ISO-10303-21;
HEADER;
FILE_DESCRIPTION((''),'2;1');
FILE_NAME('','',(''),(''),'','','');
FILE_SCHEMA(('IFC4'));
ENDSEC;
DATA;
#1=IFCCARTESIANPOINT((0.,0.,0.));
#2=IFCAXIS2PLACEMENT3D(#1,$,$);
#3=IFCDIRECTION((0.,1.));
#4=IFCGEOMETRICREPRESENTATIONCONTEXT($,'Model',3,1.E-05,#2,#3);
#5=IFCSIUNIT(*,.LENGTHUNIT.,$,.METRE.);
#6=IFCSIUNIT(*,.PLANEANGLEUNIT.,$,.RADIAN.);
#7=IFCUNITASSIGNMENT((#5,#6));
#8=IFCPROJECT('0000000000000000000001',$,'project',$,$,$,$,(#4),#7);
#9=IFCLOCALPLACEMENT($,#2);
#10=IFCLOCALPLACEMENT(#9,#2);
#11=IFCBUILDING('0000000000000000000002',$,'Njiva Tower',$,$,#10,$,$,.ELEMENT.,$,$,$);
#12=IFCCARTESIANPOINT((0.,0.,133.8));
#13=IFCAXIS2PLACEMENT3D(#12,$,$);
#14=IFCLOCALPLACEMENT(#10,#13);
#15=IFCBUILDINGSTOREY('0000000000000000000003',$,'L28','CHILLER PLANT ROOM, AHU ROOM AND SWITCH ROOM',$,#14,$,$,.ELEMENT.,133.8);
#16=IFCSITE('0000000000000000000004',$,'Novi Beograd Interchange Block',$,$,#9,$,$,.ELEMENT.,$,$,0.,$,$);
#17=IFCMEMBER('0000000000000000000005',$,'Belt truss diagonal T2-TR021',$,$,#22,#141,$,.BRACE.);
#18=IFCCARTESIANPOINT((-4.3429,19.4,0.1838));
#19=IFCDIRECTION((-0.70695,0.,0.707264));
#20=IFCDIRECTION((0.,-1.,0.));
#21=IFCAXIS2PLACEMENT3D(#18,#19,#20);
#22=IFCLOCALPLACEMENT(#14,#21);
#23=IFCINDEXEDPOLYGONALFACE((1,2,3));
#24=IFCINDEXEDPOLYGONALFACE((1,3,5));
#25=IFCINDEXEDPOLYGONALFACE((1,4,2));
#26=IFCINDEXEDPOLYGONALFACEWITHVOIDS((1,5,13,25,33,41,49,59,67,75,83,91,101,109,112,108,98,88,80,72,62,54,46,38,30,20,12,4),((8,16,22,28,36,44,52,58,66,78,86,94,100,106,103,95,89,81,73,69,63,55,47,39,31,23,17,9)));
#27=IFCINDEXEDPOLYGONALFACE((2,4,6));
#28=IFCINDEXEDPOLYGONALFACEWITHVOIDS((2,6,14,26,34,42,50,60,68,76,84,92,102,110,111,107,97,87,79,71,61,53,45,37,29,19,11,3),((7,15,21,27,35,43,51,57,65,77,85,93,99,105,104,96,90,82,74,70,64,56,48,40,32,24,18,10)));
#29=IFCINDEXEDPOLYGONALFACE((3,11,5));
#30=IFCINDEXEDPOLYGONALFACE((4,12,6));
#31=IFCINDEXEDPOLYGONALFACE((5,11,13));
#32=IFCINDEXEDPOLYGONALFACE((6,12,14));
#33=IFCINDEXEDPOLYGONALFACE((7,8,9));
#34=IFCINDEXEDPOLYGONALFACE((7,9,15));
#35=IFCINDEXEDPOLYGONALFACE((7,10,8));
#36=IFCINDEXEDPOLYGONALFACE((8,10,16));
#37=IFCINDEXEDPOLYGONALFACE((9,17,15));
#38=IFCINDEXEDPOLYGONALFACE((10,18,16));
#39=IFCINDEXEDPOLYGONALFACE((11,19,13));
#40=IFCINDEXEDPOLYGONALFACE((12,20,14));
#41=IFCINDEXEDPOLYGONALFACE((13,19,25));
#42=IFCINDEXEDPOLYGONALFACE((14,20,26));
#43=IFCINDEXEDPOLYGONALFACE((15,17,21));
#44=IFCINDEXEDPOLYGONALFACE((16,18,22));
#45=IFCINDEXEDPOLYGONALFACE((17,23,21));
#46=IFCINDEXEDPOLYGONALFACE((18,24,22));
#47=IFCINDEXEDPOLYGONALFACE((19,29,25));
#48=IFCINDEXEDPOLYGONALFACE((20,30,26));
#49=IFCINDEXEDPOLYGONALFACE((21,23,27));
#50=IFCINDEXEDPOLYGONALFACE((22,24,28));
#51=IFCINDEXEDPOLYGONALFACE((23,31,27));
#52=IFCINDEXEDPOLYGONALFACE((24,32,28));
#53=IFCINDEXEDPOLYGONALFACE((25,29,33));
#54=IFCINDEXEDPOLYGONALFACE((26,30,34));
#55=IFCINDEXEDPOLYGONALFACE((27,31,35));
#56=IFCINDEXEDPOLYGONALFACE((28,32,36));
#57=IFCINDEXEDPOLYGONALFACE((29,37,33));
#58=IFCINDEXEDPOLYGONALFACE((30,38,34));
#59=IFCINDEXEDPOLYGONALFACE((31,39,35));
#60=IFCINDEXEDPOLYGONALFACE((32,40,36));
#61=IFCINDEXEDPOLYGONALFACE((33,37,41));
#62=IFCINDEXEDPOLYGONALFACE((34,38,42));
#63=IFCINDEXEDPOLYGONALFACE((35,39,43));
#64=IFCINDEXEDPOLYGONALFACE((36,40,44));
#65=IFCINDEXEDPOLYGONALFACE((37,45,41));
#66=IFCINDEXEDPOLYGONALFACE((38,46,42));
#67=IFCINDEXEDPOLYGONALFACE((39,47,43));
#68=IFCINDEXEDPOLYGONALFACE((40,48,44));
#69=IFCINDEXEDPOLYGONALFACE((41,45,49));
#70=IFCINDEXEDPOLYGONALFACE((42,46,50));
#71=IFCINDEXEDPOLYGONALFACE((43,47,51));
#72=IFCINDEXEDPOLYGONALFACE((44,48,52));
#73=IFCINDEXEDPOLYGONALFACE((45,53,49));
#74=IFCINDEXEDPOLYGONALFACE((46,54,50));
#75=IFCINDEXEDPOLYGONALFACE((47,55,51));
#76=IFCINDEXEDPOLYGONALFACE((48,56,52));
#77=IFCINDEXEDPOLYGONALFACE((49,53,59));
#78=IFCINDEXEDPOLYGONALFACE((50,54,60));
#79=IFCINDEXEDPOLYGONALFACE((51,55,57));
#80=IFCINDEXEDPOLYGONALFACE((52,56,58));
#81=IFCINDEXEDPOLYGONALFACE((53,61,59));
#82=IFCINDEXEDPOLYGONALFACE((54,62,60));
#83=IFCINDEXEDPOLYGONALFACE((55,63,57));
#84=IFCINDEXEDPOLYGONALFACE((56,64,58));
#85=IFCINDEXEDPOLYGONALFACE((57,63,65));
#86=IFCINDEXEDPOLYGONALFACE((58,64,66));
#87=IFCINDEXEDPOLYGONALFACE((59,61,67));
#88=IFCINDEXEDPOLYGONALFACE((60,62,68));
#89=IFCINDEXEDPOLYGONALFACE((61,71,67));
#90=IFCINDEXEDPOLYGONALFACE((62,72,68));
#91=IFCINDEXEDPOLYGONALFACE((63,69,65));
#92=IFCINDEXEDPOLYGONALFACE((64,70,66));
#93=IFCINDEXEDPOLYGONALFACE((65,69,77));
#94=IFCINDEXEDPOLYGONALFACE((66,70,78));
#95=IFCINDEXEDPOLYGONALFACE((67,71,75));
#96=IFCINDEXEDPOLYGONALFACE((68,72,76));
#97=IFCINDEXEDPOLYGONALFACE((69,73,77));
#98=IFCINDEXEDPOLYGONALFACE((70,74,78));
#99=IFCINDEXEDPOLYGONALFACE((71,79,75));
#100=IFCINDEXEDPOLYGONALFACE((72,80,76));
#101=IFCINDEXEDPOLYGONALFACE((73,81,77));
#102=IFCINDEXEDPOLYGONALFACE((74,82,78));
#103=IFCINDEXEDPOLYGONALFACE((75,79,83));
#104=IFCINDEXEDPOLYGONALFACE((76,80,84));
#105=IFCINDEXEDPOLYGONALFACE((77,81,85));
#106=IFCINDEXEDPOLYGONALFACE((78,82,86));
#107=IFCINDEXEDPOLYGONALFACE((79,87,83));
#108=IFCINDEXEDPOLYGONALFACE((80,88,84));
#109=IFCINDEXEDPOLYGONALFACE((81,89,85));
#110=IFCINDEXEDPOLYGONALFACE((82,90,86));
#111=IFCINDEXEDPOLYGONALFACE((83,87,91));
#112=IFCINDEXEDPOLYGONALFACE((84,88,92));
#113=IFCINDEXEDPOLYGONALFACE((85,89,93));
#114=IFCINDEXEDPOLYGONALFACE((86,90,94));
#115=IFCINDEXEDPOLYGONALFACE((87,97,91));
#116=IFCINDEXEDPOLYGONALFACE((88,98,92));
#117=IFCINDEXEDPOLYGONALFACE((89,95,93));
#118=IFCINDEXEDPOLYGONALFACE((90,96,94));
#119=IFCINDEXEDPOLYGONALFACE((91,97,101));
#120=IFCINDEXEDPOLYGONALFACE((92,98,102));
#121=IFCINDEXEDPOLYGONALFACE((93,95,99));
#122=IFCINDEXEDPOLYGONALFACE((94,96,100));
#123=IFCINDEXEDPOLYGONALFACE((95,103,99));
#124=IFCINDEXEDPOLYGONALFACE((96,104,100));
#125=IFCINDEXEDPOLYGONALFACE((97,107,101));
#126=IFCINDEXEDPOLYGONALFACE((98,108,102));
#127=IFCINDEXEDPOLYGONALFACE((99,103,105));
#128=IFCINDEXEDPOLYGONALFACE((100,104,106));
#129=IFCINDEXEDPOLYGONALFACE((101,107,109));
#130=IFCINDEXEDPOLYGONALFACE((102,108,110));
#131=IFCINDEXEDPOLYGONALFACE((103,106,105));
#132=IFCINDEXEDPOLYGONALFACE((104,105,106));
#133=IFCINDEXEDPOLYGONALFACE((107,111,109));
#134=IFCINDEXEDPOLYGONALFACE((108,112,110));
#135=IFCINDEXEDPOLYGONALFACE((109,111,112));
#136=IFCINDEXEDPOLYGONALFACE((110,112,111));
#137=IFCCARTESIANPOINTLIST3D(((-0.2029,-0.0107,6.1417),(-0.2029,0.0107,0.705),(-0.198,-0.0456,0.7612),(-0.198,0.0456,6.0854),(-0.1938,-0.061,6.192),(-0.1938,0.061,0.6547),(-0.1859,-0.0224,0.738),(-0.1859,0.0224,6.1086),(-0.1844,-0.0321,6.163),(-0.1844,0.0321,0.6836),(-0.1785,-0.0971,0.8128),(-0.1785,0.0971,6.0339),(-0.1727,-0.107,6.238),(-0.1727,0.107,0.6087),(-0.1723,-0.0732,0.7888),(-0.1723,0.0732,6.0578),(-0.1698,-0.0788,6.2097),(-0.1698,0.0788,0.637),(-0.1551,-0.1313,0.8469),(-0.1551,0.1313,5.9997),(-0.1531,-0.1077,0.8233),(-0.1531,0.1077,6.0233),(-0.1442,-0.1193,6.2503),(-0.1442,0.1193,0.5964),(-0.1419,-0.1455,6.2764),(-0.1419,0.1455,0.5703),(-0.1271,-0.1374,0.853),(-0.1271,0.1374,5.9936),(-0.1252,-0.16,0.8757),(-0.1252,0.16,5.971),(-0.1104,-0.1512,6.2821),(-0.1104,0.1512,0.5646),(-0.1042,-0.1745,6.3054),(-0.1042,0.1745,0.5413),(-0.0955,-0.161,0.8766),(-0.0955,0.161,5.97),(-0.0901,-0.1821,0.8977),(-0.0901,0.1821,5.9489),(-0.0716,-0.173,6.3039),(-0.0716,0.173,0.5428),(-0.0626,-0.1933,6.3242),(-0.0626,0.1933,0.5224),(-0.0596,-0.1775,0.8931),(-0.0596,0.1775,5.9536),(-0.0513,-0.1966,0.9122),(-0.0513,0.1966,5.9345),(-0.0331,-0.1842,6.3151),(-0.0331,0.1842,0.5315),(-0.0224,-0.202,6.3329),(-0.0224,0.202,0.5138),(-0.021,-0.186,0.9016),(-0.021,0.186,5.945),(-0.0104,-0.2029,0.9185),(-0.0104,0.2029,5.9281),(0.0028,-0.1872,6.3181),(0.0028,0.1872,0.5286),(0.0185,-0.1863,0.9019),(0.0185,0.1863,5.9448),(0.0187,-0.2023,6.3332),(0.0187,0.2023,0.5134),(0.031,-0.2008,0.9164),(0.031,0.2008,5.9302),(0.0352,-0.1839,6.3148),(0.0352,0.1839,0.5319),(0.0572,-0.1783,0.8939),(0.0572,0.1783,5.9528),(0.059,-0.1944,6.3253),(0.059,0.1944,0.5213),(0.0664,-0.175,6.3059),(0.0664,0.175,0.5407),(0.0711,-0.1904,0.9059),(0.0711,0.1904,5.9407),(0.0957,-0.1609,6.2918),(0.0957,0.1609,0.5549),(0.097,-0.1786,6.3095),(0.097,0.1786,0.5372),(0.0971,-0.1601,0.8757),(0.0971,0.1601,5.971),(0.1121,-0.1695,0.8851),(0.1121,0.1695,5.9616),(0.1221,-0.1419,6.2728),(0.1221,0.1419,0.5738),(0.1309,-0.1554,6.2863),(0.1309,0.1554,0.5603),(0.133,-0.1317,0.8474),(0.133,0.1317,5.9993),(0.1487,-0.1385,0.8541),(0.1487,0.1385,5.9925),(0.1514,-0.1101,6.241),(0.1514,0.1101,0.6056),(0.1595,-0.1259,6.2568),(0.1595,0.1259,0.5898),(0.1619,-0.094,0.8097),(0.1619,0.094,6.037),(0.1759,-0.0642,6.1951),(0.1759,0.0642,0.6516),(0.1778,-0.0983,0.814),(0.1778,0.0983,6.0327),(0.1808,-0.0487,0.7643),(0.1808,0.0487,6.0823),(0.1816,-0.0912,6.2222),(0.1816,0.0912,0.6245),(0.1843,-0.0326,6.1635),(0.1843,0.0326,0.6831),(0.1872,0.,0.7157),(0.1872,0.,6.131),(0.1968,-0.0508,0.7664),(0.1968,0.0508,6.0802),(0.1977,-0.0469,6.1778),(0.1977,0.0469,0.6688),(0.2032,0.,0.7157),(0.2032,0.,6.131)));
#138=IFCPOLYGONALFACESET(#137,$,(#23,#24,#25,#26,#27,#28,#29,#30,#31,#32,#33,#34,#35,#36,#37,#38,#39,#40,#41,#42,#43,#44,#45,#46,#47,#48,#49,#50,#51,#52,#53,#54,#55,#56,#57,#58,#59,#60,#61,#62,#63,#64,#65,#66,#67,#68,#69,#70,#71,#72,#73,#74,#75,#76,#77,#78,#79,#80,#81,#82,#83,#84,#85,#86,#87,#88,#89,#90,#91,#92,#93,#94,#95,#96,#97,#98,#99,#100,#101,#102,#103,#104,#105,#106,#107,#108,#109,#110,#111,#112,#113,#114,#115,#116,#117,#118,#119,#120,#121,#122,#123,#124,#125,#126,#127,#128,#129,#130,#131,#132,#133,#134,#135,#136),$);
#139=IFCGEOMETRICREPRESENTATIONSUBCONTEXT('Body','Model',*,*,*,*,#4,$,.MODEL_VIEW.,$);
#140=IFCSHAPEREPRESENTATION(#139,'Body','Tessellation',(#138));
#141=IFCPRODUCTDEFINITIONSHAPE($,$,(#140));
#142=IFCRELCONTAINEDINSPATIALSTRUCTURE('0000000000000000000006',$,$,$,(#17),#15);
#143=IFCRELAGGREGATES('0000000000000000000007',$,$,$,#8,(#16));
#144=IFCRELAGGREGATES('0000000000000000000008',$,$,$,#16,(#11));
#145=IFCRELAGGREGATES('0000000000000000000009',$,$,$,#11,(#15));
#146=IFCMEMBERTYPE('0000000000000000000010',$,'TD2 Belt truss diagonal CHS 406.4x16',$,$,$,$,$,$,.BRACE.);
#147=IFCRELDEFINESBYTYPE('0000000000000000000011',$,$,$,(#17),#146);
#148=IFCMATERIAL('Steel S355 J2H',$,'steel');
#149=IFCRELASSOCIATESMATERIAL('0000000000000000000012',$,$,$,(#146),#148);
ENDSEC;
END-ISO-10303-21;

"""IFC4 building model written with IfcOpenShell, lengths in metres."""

from ifc_helpers import new_model, si_unit, direction, frame, origin, origin_2d, place, context, subcontext, project, spatial, hollow_circle, extrude, clip, halfspace, material, material_profile, profile_set, type_object, element, save


model = new_model("IFC4")

# Units and contexts
model_context = context("Model", 3, precision=1e-05, world=origin(), true_north=direction((0.0, 1.0)))
body_context = subcontext(model_context, "Body", "Model", "MODEL_VIEW")
ifc_project = project(units=[si_unit("LENGTHUNIT", "METRE"), si_unit("PLANEANGLEUNIT", "RADIAN")], contexts=[model_context])

# Site, building, storey
site_placement = place(None, origin())
site = spatial("IfcSite", under=ifc_project, at=site_placement, Name="Novi Beograd Interchange Block", CompositionType="ELEMENT", RefElevation=0.0)
building_placement = place(site_placement, origin())
building = spatial("IfcBuilding", under=site, at=building_placement, Name="Njiva Tower", CompositionType="ELEMENT")
storey_placement = place(building_placement, frame((0.0, 0.0, 133.8)))
storey = spatial("IfcBuildingStorey", under=building, at=storey_placement, Name="L28", Description="CHILLER PLANT ROOM, AHU ROOM AND SWITCH ROOM", CompositionType="ELEMENT", Elevation=133.8)

# Member
ifc_material_1 = material(Name="Steel S355 J2H", Category="steel")
ifc_material_profile_1 = material_profile(ifc_material_1, hollow_circle(Radius=0.2032, WallThickness=0.016, at=origin_2d()), Name="CHS 406.4x16")
ifc_profile_set_1 = profile_set([ifc_material_profile_1], Name="Steel S355 J2H")
member_type_1 = type_object("IfcMemberType", Name="TD2 Belt truss diagonal CHS 406.4x16", PredefinedType="BRACE", material=ifc_profile_set_1)
member_1_placement = place(storey_placement, frame((-4.3429, 19.4, 0.1838), z_axis=(-0.70695, 0.0, 0.707264), x_axis=(0.0, -1.0, 0.0)))
element("IfcMember", 1, at=member_1_placement, inside=storey, type_object=member_type_1, Name="Belt truss diagonal T2-TR021", PredefinedType="BRACE", context=body_context, shape_type="Clipping", body=[
    clip(clip(extrude(hollow_circle(Radius=0.2032, WallThickness=0.016, at=origin_2d()), origin(), (0.0, 0.0, 1.0), 6.8467), halfspace(frame((19.4, 3.4294, -2.7122), z_axis=(0.0, -0.70695, -0.707264), x_axis=(0.0, -0.707264, 0.70695)), False)), halfspace(frame((19.4, 6.137, -0.0033), z_axis=(0.0, 0.70695, 0.707264), x_axis=(0.0, 0.707264, -0.70695)), False)),
])

save(model, "model.ifc")
